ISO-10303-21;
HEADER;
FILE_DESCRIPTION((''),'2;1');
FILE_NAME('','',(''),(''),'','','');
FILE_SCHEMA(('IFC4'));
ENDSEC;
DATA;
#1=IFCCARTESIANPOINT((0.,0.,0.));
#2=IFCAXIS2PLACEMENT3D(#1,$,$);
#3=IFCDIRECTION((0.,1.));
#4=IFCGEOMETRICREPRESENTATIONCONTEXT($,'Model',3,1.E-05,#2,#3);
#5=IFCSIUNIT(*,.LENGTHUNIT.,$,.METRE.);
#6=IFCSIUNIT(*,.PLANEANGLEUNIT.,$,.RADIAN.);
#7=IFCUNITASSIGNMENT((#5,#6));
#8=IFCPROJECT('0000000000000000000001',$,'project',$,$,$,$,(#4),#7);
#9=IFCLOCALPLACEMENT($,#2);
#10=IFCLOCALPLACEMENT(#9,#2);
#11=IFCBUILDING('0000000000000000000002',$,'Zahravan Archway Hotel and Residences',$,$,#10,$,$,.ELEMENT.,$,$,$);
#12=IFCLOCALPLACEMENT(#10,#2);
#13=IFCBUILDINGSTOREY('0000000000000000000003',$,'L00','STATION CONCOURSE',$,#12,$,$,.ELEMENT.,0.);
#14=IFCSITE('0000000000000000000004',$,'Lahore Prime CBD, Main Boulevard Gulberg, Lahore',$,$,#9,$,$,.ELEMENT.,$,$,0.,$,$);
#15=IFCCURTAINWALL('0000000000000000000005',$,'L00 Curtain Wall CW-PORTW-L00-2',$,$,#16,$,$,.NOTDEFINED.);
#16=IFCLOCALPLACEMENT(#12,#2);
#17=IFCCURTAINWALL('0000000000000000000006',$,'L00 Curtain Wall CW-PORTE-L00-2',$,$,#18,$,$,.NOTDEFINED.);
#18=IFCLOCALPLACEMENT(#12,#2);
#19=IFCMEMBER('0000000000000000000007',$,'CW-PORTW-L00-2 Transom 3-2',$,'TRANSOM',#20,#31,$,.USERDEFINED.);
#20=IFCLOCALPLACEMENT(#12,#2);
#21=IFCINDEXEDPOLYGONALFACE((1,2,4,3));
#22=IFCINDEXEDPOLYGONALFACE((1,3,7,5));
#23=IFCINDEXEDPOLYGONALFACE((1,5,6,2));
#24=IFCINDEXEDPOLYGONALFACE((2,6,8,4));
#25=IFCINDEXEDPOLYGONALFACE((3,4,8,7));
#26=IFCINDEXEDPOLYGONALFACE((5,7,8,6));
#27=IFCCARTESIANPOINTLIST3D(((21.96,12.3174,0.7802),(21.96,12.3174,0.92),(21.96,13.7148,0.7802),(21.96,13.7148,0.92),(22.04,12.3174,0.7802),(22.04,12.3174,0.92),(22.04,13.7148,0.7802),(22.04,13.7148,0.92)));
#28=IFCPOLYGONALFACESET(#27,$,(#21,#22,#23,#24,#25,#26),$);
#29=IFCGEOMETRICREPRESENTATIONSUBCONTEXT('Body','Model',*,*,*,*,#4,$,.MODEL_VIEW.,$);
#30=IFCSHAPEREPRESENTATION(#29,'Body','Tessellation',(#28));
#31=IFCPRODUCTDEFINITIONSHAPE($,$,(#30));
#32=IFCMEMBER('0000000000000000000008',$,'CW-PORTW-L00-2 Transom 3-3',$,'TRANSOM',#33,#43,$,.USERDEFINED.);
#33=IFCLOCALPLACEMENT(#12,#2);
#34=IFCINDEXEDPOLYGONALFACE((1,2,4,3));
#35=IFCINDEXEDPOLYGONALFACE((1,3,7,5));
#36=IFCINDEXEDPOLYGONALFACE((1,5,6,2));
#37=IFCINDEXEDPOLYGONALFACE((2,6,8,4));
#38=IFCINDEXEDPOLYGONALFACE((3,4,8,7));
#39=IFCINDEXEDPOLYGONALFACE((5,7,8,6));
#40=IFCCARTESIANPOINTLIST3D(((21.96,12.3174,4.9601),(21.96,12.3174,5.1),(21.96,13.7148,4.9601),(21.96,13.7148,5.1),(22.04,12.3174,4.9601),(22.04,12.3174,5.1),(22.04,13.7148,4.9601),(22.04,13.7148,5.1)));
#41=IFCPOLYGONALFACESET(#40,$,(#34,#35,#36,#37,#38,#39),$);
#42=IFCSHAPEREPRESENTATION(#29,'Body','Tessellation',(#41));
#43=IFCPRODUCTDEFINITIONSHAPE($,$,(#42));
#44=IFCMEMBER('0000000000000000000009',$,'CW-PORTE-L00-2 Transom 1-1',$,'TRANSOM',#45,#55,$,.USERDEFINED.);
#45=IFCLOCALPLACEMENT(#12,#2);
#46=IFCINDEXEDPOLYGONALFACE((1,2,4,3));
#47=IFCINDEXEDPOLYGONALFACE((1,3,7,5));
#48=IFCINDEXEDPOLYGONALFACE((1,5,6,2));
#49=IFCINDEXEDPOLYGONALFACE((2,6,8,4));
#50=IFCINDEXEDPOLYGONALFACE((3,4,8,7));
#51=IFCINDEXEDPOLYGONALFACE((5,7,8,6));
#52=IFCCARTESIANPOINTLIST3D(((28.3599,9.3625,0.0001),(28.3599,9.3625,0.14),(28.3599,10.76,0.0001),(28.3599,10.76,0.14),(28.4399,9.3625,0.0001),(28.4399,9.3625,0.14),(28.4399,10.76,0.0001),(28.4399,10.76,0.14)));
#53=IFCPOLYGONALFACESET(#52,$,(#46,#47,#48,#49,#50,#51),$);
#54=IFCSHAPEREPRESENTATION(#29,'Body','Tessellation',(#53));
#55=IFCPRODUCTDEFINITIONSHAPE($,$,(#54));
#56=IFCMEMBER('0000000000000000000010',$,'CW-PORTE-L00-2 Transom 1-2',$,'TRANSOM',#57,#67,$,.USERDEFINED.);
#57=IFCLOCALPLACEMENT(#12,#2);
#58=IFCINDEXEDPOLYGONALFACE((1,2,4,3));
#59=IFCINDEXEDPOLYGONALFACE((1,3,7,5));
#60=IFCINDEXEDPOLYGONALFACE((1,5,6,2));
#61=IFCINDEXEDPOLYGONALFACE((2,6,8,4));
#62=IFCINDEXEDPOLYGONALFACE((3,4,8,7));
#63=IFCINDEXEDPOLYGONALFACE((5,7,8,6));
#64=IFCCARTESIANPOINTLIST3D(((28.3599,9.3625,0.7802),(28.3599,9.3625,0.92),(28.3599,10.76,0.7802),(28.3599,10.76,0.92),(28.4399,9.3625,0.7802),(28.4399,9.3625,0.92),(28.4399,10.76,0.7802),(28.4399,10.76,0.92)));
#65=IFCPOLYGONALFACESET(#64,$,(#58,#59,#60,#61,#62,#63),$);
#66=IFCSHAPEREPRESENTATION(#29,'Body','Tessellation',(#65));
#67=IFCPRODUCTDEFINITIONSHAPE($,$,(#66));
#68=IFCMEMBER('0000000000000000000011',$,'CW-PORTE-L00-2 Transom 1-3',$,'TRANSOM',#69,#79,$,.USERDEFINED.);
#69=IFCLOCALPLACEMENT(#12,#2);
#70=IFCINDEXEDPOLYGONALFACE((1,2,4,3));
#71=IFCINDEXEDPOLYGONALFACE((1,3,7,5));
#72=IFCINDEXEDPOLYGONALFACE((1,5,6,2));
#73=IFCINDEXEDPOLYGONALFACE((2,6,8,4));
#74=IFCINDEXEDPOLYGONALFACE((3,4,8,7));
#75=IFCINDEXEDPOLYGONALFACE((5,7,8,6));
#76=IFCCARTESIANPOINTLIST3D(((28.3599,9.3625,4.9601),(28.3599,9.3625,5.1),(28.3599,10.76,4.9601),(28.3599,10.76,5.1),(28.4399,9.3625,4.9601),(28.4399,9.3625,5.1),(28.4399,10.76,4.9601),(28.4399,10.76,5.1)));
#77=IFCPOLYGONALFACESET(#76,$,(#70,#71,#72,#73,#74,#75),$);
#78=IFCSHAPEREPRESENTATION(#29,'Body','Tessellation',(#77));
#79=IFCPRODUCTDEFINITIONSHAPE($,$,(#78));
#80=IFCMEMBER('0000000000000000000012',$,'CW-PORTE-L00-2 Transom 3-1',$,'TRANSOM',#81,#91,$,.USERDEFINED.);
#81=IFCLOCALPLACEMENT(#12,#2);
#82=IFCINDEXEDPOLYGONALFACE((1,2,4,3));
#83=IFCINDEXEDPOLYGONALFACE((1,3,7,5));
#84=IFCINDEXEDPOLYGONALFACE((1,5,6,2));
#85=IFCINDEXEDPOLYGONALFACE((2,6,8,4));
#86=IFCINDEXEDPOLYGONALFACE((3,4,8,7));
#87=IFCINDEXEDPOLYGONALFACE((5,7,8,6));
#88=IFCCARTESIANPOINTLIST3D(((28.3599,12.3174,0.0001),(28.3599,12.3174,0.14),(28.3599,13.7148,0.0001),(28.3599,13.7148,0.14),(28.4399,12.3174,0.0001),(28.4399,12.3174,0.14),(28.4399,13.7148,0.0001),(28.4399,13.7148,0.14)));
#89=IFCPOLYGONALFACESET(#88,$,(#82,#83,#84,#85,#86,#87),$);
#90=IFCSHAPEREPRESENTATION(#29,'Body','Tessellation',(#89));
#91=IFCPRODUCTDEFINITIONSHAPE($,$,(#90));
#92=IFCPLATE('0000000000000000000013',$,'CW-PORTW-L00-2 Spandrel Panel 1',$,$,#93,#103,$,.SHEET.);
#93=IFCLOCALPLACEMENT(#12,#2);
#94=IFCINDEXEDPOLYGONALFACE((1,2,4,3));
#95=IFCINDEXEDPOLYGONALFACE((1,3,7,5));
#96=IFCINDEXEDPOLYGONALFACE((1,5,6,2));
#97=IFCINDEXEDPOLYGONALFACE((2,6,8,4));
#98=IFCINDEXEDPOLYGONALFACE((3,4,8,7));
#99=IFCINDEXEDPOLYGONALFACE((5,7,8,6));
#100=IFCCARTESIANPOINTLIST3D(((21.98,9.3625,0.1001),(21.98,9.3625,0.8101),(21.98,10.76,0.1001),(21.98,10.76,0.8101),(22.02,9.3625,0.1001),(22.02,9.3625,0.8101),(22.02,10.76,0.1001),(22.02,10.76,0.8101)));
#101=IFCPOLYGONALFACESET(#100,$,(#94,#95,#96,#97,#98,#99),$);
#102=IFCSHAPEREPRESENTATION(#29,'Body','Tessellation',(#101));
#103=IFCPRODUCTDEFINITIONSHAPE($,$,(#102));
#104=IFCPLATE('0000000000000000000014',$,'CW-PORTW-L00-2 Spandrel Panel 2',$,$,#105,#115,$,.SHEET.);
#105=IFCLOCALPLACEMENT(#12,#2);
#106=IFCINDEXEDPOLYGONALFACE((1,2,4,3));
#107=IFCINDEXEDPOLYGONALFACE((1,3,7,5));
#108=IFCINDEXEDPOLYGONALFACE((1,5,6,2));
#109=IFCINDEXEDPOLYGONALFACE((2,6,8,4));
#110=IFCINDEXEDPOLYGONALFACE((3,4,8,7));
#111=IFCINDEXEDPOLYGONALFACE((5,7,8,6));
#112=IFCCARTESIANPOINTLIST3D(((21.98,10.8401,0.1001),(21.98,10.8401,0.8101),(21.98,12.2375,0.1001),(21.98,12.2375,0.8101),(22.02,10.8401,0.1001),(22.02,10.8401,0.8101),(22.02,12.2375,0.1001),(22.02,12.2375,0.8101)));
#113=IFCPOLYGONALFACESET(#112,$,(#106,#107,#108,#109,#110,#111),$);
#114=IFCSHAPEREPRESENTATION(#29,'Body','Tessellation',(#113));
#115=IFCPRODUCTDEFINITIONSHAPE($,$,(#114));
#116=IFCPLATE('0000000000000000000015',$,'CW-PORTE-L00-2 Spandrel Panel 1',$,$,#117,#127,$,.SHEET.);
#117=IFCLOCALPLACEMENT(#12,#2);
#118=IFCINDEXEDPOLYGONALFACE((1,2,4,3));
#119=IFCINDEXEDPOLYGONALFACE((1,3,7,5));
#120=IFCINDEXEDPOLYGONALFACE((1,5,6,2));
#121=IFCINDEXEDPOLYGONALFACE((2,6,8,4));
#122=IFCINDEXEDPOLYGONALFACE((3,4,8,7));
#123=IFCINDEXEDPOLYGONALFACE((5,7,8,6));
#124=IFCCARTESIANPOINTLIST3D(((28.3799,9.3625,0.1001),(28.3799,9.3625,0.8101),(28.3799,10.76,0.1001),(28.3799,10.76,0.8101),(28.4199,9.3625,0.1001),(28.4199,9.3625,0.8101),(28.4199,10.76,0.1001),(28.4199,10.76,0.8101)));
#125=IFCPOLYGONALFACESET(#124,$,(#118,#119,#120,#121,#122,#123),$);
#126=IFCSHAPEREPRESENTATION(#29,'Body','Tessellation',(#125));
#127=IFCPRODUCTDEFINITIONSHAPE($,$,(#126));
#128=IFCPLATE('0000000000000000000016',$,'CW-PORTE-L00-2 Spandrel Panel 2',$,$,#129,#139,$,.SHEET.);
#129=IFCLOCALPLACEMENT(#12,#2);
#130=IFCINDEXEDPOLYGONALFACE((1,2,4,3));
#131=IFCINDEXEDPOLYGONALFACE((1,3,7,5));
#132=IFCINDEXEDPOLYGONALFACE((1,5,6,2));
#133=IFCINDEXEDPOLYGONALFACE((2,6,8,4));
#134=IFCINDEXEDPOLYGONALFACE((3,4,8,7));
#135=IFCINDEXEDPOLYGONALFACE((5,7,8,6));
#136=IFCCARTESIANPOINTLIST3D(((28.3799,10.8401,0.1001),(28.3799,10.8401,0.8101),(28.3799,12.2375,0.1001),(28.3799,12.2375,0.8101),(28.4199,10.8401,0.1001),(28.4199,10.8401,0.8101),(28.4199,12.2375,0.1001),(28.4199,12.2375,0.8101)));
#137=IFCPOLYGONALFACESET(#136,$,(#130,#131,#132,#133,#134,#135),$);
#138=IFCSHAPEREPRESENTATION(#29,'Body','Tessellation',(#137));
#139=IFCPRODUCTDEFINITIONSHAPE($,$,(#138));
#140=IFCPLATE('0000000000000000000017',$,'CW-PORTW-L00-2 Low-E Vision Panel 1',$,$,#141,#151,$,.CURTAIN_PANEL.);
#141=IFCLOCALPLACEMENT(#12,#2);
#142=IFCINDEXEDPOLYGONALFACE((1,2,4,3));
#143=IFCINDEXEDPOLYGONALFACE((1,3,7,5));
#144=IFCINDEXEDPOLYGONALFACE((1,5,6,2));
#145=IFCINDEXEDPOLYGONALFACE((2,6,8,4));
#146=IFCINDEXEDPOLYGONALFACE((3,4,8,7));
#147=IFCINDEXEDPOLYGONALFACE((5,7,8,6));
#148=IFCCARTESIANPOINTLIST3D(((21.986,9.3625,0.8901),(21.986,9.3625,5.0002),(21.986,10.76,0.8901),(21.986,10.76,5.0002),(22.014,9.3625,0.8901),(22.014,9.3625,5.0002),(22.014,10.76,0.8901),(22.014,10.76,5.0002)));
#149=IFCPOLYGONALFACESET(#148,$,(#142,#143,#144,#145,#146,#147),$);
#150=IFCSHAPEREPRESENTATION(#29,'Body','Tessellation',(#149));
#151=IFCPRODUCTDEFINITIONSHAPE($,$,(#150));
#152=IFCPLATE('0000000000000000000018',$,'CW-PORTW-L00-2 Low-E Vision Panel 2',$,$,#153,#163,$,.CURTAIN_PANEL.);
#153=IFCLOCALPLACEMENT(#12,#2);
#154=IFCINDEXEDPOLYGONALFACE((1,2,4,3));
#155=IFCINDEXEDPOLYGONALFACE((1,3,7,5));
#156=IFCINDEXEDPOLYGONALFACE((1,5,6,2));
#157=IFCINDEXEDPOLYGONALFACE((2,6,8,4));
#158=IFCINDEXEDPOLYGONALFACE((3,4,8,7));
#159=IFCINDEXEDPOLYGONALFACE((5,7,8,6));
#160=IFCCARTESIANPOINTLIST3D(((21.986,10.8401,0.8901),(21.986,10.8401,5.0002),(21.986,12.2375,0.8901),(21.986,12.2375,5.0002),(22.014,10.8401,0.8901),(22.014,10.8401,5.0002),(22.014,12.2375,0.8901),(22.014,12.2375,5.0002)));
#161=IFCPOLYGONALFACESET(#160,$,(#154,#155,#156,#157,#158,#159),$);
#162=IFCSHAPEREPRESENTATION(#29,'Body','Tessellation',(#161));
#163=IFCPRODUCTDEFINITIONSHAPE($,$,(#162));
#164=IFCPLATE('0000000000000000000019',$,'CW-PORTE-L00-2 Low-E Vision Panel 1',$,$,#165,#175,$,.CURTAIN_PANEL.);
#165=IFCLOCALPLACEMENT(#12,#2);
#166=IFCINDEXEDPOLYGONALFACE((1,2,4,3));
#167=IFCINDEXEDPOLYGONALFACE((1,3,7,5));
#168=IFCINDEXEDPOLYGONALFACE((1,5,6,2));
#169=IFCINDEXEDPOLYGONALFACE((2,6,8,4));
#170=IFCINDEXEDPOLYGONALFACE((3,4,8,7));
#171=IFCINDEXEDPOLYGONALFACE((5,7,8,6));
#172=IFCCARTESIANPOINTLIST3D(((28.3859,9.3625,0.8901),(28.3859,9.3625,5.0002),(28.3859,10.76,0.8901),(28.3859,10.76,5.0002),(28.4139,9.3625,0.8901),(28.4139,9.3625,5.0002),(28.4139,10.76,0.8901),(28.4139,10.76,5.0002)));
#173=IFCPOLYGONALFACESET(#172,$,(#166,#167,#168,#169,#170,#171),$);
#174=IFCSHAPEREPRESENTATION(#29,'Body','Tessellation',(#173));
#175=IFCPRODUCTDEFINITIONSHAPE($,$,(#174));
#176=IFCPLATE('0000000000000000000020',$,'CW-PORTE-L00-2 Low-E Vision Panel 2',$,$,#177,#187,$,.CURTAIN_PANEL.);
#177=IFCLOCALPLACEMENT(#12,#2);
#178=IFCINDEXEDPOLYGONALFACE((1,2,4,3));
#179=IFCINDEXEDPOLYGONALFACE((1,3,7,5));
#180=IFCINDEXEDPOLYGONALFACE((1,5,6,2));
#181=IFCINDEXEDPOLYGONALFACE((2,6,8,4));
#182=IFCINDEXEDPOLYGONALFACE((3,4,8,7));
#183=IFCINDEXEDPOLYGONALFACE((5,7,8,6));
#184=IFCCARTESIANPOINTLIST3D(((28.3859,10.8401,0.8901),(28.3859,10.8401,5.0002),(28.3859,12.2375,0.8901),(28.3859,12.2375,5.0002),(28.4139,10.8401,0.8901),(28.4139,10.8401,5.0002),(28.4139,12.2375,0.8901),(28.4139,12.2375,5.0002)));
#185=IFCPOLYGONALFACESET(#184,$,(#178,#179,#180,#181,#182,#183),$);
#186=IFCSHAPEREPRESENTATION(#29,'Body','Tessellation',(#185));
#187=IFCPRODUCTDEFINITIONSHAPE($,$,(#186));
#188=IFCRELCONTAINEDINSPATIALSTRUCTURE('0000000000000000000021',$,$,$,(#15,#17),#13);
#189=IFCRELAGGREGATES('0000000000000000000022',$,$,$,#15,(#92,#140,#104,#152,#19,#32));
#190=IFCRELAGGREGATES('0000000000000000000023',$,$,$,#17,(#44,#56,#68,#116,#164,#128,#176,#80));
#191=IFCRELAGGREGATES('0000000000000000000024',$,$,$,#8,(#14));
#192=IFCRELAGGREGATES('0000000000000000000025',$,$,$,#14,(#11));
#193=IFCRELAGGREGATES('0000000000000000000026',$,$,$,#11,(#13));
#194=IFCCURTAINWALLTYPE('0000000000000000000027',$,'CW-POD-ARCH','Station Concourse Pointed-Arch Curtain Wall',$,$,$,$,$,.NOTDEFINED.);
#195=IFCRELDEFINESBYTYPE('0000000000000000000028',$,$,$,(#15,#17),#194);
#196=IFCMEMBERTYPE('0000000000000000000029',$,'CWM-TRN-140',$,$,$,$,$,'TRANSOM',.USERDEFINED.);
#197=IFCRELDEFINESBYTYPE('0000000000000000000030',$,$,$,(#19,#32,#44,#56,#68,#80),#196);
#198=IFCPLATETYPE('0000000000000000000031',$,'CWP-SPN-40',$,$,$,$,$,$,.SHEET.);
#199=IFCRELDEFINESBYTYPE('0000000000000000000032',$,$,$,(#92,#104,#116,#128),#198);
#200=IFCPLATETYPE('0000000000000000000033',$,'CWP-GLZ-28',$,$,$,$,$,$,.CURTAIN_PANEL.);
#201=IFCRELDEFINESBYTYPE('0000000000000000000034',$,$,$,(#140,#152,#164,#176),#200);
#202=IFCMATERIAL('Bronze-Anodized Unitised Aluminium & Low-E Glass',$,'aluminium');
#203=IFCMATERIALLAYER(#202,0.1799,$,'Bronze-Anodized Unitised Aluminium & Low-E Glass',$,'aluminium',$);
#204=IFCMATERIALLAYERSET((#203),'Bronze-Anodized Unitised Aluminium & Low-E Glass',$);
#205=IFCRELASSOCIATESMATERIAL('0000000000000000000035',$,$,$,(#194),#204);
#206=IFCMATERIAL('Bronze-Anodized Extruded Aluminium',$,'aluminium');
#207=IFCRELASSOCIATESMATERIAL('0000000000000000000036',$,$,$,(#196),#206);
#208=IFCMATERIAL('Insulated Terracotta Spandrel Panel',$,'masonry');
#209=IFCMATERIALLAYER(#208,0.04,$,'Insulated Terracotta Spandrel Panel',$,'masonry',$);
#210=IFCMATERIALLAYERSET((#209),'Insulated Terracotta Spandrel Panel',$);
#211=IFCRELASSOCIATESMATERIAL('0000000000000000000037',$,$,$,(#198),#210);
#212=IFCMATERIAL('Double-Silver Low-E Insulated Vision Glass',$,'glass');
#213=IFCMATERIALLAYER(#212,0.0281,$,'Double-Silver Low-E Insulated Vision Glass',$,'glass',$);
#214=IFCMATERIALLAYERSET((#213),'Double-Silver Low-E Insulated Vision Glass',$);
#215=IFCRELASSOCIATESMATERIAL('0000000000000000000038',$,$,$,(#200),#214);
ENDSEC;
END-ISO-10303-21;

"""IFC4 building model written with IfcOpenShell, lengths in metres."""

from ifc_helpers import new_model, si_unit, direction, frame, origin, origin_2d, place, context, subcontext, project, spatial, rectangle, extrude, source, transform, mapped, material, layer, layer_set, material_profile, profile_set, type_object, element, aggregate, save


model = new_model("IFC4")

# Units and contexts
model_context = context("Model", 3, precision=1e-05, world=origin(), true_north=direction((0.0, 1.0)))
body_context = subcontext(model_context, "Body", "Model", "MODEL_VIEW")
ifc_project = project(units=[si_unit("LENGTHUNIT", "METRE"), si_unit("PLANEANGLEUNIT", "RADIAN")], contexts=[model_context])

# Site, building, storey
site_placement = place(None, origin())
site = spatial("IfcSite", under=ifc_project, at=site_placement, Name="Lahore Prime CBD, Main Boulevard Gulberg, Lahore", CompositionType="ELEMENT", RefElevation=0.0)
building_placement = place(site_placement, origin())
building = spatial("IfcBuilding", under=site, at=building_placement, Name="Zahravan Archway Hotel and Residences", CompositionType="ELEMENT")
storey_placement = place(building_placement, origin())
storey = spatial("IfcBuildingStorey", under=building, at=storey_placement, Name="L00", Description="STATION CONCOURSE", CompositionType="ELEMENT", Elevation=0.0)

# Curtain walls
ifc_material_1 = material(Name="Bronze-Anodized Unitised Aluminium & Low-E Glass", Category="aluminium")
ifc_layer_1 = layer(ifc_material_1, 0.1799, Name="Bronze-Anodized Unitised Aluminium & Low-E Glass", Category="aluminium")
ifc_layer_set_1 = layer_set([ifc_layer_1], Name="Bronze-Anodized Unitised Aluminium & Low-E Glass")
curtain_wall_type = type_object("IfcCurtainWallType", Name="CW-POD-ARCH", Description="Station Concourse Pointed-Arch Curtain Wall", PredefinedType="NOTDEFINED", material=ifc_layer_set_1)
curtain_wall_1_placement = place(storey_placement, origin())
curtain_wall_1 = element("IfcCurtainWall", 1, at=curtain_wall_1_placement, inside=storey, type_object=curtain_wall_type, Name="L00 Curtain Wall CW-PORTW-L00-2", PredefinedType="NOTDEFINED")
ifc_material_2 = material(Name="Bronze-Anodized Extruded Aluminium", Category="aluminium")
curtain_wall_2_placement = place(storey_placement, origin())
curtain_wall_2 = element("IfcCurtainWall", 2, at=curtain_wall_2_placement, inside=storey, type_object=curtain_wall_type, Name="L00 Curtain Wall CW-PORTE-L00-2", PredefinedType="NOTDEFINED")

# Members
ifc_material_profile_1 = material_profile(ifc_material_2, rectangle(XDim=0.0801, YDim=0.1399, at=origin_2d()), Name="TRN 80x140", Category="aluminium")
ifc_profile_set_1 = profile_set([ifc_material_profile_1], Name="Bronze-Anodized Extruded Aluminium")
member_type_1 = type_object("IfcMemberType", Name="CWM-TRN-140", ElementType="TRANSOM", PredefinedType="USERDEFINED", material=ifc_profile_set_1)
shared_shape_1 = source(origin(), body_context, "Body", "SweptSolid", [
    extrude(rectangle(XDim=0.0801, YDim=0.1399, at=origin_2d()), origin(), (0.0, 0.0, 1.0), 1.3975),
])
member_1_placement = place(storey_placement, frame((22.0, 12.3174, 0.8501), z_axis=(0.0, 1.0, 0.0), x_axis=(-1.0, 0.0, 0.0)))
member_1 = element("IfcMember", 3, at=member_1_placement, type_object=member_type_1, Name="CW-PORTW-L00-2 Transom 3-2", ObjectType="TRANSOM", PredefinedType="USERDEFINED", context=body_context, shape_type="MappedRepresentation", body=[
    mapped(shared_shape_1, transform((0.0, 0.0, 0.0), scale=1.0)),
])
member_2_placement = place(storey_placement, frame((22.0, 12.3174, 5.03), z_axis=(0.0, 1.0, 0.0), x_axis=(-1.0, 0.0, 0.0)))
member_2 = element("IfcMember", 4, at=member_2_placement, type_object=member_type_1, Name="CW-PORTW-L00-2 Transom 3-3", ObjectType="TRANSOM", PredefinedType="USERDEFINED", context=body_context, shape_type="MappedRepresentation", body=[
    mapped(shared_shape_1, transform((0.0, 0.0, 0.0), scale=1.0)),
])
member_3_placement = place(storey_placement, frame((28.3999, 9.3625, 0.0701), z_axis=(0.0, 1.0, 0.0), x_axis=(-1.0, 0.0, 0.0)))
member_3 = element("IfcMember", 5, at=member_3_placement, type_object=member_type_1, Name="CW-PORTE-L00-2 Transom 1-1", ObjectType="TRANSOM", PredefinedType="USERDEFINED", context=body_context, shape_type="MappedRepresentation", body=[
    mapped(shared_shape_1, transform((0.0, 0.0, 0.0), scale=1.0)),
])
member_4_placement = place(storey_placement, frame((28.3999, 9.3625, 0.8501), z_axis=(0.0, 1.0, 0.0), x_axis=(-1.0, 0.0, 0.0)))
member_4 = element("IfcMember", 6, at=member_4_placement, type_object=member_type_1, Name="CW-PORTE-L00-2 Transom 1-2", ObjectType="TRANSOM", PredefinedType="USERDEFINED", context=body_context, shape_type="MappedRepresentation", body=[
    mapped(shared_shape_1, transform((0.0, 0.0, 0.0), scale=1.0)),
])
member_5_placement = place(storey_placement, frame((28.3999, 9.3625, 5.03), z_axis=(0.0, 1.0, 0.0), x_axis=(-1.0, 0.0, 0.0)))
member_5 = element("IfcMember", 7, at=member_5_placement, type_object=member_type_1, Name="CW-PORTE-L00-2 Transom 1-3", ObjectType="TRANSOM", PredefinedType="USERDEFINED", context=body_context, shape_type="MappedRepresentation", body=[
    mapped(shared_shape_1, transform((0.0, 0.0, 0.0), scale=1.0)),
])
member_6_placement = place(storey_placement, frame((28.3999, 12.3174, 0.0701), z_axis=(0.0, 1.0, 0.0), x_axis=(-1.0, 0.0, 0.0)))
member_6 = element("IfcMember", 8, at=member_6_placement, type_object=member_type_1, Name="CW-PORTE-L00-2 Transom 3-1", ObjectType="TRANSOM", PredefinedType="USERDEFINED", context=body_context, shape_type="MappedRepresentation", body=[
    mapped(shared_shape_1, transform((0.0, 0.0, 0.0), scale=1.0)),
])

# Plates
ifc_material_3 = material(Name="Insulated Terracotta Spandrel Panel", Category="masonry")
ifc_layer_2 = layer(ifc_material_3, 0.04, Name="Insulated Terracotta Spandrel Panel", Category="masonry")
ifc_layer_set_2 = layer_set([ifc_layer_2], Name="Insulated Terracotta Spandrel Panel")
plate_type_1 = type_object("IfcPlateType", Name="CWP-SPN-40", PredefinedType="SHEET", material=ifc_layer_set_2)
shared_shape_2 = source(origin(), body_context, "Body", "SweptSolid", [
    extrude(rectangle(XDim=1.3975, YDim=0.04, at=origin_2d()), origin(), (0.0, 0.0, 1.0), 0.71),
])
plate_1_placement = place(storey_placement, frame((22.0, 10.0613, 0.1001), z_axis=(0.0, 0.0, 1.0), x_axis=(0.0, 1.0, 0.0)))
plate_1 = element("IfcPlate", 9, at=plate_1_placement, type_object=plate_type_1, Name="CW-PORTW-L00-2 Spandrel Panel 1", PredefinedType="SHEET", context=body_context, shape_type="MappedRepresentation", body=[
    mapped(shared_shape_2, transform((0.0, 0.0, 0.0), scale=1.0)),
])
plate_2_placement = place(storey_placement, frame((22.0, 11.5388, 0.1001), z_axis=(0.0, 0.0, 1.0), x_axis=(0.0, 1.0, 0.0)))
plate_2 = element("IfcPlate", 10, at=plate_2_placement, type_object=plate_type_1, Name="CW-PORTW-L00-2 Spandrel Panel 2", PredefinedType="SHEET", context=body_context, shape_type="MappedRepresentation", body=[
    mapped(shared_shape_2, transform((0.0, 0.0, 0.0), scale=1.0)),
])
plate_3_placement = place(storey_placement, frame((28.3999, 10.0613, 0.1001), z_axis=(0.0, 0.0, 1.0), x_axis=(0.0, 1.0, 0.0)))
plate_3 = element("IfcPlate", 11, at=plate_3_placement, type_object=plate_type_1, Name="CW-PORTE-L00-2 Spandrel Panel 1", PredefinedType="SHEET", context=body_context, shape_type="MappedRepresentation", body=[
    mapped(shared_shape_2, transform((0.0, 0.0, 0.0), scale=1.0)),
])
plate_4_placement = place(storey_placement, frame((28.3999, 11.5388, 0.1001), z_axis=(0.0, 0.0, 1.0), x_axis=(0.0, 1.0, 0.0)))
plate_4 = element("IfcPlate", 12, at=plate_4_placement, type_object=plate_type_1, Name="CW-PORTE-L00-2 Spandrel Panel 2", PredefinedType="SHEET", context=body_context, shape_type="MappedRepresentation", body=[
    mapped(shared_shape_2, transform((0.0, 0.0, 0.0), scale=1.0)),
])
ifc_material_4 = material(Name="Double-Silver Low-E Insulated Vision Glass", Category="glass")
ifc_layer_3 = layer(ifc_material_4, 0.0281, Name="Double-Silver Low-E Insulated Vision Glass", Category="glass")
ifc_layer_set_3 = layer_set([ifc_layer_3], Name="Double-Silver Low-E Insulated Vision Glass")
plate_type_2 = type_object("IfcPlateType", Name="CWP-GLZ-28", PredefinedType="CURTAIN_PANEL", material=ifc_layer_set_3)
shared_shape_3 = source(origin(), body_context, "Body", "SweptSolid", [
    extrude(rectangle(XDim=1.3975, YDim=0.0281, at=origin_2d()), origin(), (0.0, 0.0, 1.0), 4.1101),
])
plate_5_placement = place(storey_placement, frame((22.0, 10.0613, 0.8901), z_axis=(0.0, 0.0, 1.0), x_axis=(0.0, 1.0, 0.0)))
plate_5 = element("IfcPlate", 13, at=plate_5_placement, type_object=plate_type_2, Name="CW-PORTW-L00-2 Low-E Vision Panel 1", PredefinedType="CURTAIN_PANEL", context=body_context, shape_type="MappedRepresentation", body=[
    mapped(shared_shape_3, transform((0.0, 0.0, 0.0), scale=1.0)),
])
plate_6_placement = place(storey_placement, frame((22.0, 11.5388, 0.8901), z_axis=(0.0, 0.0, 1.0), x_axis=(0.0, 1.0, 0.0)))
plate_6 = element("IfcPlate", 14, at=plate_6_placement, type_object=plate_type_2, Name="CW-PORTW-L00-2 Low-E Vision Panel 2", PredefinedType="CURTAIN_PANEL", context=body_context, shape_type="MappedRepresentation", body=[
    mapped(shared_shape_3, transform((0.0, 0.0, 0.0), scale=1.0)),
])
aggregate(curtain_wall_1, [plate_1, plate_5, plate_2, plate_6, member_1, member_2])
plate_7_placement = place(storey_placement, frame((28.3999, 10.0613, 0.8901), z_axis=(0.0, 0.0, 1.0), x_axis=(0.0, 1.0, 0.0)))
plate_7 = element("IfcPlate", 15, at=plate_7_placement, type_object=plate_type_2, Name="CW-PORTE-L00-2 Low-E Vision Panel 1", PredefinedType="CURTAIN_PANEL", context=body_context, shape_type="MappedRepresentation", body=[
    mapped(shared_shape_3, transform((0.0, 0.0, 0.0), scale=1.0)),
])
plate_8_placement = place(storey_placement, frame((28.3999, 11.5388, 0.8901), z_axis=(0.0, 0.0, 1.0), x_axis=(0.0, 1.0, 0.0)))
plate_8 = element("IfcPlate", 16, at=plate_8_placement, type_object=plate_type_2, Name="CW-PORTE-L00-2 Low-E Vision Panel 2", PredefinedType="CURTAIN_PANEL", context=body_context, shape_type="MappedRepresentation", body=[
    mapped(shared_shape_3, transform((0.0, 0.0, 0.0), scale=1.0)),
])
aggregate(curtain_wall_2, [member_3, member_4, member_5, plate_3, plate_7, plate_4, plate_8, member_6])

save(model, "model.ifc")
